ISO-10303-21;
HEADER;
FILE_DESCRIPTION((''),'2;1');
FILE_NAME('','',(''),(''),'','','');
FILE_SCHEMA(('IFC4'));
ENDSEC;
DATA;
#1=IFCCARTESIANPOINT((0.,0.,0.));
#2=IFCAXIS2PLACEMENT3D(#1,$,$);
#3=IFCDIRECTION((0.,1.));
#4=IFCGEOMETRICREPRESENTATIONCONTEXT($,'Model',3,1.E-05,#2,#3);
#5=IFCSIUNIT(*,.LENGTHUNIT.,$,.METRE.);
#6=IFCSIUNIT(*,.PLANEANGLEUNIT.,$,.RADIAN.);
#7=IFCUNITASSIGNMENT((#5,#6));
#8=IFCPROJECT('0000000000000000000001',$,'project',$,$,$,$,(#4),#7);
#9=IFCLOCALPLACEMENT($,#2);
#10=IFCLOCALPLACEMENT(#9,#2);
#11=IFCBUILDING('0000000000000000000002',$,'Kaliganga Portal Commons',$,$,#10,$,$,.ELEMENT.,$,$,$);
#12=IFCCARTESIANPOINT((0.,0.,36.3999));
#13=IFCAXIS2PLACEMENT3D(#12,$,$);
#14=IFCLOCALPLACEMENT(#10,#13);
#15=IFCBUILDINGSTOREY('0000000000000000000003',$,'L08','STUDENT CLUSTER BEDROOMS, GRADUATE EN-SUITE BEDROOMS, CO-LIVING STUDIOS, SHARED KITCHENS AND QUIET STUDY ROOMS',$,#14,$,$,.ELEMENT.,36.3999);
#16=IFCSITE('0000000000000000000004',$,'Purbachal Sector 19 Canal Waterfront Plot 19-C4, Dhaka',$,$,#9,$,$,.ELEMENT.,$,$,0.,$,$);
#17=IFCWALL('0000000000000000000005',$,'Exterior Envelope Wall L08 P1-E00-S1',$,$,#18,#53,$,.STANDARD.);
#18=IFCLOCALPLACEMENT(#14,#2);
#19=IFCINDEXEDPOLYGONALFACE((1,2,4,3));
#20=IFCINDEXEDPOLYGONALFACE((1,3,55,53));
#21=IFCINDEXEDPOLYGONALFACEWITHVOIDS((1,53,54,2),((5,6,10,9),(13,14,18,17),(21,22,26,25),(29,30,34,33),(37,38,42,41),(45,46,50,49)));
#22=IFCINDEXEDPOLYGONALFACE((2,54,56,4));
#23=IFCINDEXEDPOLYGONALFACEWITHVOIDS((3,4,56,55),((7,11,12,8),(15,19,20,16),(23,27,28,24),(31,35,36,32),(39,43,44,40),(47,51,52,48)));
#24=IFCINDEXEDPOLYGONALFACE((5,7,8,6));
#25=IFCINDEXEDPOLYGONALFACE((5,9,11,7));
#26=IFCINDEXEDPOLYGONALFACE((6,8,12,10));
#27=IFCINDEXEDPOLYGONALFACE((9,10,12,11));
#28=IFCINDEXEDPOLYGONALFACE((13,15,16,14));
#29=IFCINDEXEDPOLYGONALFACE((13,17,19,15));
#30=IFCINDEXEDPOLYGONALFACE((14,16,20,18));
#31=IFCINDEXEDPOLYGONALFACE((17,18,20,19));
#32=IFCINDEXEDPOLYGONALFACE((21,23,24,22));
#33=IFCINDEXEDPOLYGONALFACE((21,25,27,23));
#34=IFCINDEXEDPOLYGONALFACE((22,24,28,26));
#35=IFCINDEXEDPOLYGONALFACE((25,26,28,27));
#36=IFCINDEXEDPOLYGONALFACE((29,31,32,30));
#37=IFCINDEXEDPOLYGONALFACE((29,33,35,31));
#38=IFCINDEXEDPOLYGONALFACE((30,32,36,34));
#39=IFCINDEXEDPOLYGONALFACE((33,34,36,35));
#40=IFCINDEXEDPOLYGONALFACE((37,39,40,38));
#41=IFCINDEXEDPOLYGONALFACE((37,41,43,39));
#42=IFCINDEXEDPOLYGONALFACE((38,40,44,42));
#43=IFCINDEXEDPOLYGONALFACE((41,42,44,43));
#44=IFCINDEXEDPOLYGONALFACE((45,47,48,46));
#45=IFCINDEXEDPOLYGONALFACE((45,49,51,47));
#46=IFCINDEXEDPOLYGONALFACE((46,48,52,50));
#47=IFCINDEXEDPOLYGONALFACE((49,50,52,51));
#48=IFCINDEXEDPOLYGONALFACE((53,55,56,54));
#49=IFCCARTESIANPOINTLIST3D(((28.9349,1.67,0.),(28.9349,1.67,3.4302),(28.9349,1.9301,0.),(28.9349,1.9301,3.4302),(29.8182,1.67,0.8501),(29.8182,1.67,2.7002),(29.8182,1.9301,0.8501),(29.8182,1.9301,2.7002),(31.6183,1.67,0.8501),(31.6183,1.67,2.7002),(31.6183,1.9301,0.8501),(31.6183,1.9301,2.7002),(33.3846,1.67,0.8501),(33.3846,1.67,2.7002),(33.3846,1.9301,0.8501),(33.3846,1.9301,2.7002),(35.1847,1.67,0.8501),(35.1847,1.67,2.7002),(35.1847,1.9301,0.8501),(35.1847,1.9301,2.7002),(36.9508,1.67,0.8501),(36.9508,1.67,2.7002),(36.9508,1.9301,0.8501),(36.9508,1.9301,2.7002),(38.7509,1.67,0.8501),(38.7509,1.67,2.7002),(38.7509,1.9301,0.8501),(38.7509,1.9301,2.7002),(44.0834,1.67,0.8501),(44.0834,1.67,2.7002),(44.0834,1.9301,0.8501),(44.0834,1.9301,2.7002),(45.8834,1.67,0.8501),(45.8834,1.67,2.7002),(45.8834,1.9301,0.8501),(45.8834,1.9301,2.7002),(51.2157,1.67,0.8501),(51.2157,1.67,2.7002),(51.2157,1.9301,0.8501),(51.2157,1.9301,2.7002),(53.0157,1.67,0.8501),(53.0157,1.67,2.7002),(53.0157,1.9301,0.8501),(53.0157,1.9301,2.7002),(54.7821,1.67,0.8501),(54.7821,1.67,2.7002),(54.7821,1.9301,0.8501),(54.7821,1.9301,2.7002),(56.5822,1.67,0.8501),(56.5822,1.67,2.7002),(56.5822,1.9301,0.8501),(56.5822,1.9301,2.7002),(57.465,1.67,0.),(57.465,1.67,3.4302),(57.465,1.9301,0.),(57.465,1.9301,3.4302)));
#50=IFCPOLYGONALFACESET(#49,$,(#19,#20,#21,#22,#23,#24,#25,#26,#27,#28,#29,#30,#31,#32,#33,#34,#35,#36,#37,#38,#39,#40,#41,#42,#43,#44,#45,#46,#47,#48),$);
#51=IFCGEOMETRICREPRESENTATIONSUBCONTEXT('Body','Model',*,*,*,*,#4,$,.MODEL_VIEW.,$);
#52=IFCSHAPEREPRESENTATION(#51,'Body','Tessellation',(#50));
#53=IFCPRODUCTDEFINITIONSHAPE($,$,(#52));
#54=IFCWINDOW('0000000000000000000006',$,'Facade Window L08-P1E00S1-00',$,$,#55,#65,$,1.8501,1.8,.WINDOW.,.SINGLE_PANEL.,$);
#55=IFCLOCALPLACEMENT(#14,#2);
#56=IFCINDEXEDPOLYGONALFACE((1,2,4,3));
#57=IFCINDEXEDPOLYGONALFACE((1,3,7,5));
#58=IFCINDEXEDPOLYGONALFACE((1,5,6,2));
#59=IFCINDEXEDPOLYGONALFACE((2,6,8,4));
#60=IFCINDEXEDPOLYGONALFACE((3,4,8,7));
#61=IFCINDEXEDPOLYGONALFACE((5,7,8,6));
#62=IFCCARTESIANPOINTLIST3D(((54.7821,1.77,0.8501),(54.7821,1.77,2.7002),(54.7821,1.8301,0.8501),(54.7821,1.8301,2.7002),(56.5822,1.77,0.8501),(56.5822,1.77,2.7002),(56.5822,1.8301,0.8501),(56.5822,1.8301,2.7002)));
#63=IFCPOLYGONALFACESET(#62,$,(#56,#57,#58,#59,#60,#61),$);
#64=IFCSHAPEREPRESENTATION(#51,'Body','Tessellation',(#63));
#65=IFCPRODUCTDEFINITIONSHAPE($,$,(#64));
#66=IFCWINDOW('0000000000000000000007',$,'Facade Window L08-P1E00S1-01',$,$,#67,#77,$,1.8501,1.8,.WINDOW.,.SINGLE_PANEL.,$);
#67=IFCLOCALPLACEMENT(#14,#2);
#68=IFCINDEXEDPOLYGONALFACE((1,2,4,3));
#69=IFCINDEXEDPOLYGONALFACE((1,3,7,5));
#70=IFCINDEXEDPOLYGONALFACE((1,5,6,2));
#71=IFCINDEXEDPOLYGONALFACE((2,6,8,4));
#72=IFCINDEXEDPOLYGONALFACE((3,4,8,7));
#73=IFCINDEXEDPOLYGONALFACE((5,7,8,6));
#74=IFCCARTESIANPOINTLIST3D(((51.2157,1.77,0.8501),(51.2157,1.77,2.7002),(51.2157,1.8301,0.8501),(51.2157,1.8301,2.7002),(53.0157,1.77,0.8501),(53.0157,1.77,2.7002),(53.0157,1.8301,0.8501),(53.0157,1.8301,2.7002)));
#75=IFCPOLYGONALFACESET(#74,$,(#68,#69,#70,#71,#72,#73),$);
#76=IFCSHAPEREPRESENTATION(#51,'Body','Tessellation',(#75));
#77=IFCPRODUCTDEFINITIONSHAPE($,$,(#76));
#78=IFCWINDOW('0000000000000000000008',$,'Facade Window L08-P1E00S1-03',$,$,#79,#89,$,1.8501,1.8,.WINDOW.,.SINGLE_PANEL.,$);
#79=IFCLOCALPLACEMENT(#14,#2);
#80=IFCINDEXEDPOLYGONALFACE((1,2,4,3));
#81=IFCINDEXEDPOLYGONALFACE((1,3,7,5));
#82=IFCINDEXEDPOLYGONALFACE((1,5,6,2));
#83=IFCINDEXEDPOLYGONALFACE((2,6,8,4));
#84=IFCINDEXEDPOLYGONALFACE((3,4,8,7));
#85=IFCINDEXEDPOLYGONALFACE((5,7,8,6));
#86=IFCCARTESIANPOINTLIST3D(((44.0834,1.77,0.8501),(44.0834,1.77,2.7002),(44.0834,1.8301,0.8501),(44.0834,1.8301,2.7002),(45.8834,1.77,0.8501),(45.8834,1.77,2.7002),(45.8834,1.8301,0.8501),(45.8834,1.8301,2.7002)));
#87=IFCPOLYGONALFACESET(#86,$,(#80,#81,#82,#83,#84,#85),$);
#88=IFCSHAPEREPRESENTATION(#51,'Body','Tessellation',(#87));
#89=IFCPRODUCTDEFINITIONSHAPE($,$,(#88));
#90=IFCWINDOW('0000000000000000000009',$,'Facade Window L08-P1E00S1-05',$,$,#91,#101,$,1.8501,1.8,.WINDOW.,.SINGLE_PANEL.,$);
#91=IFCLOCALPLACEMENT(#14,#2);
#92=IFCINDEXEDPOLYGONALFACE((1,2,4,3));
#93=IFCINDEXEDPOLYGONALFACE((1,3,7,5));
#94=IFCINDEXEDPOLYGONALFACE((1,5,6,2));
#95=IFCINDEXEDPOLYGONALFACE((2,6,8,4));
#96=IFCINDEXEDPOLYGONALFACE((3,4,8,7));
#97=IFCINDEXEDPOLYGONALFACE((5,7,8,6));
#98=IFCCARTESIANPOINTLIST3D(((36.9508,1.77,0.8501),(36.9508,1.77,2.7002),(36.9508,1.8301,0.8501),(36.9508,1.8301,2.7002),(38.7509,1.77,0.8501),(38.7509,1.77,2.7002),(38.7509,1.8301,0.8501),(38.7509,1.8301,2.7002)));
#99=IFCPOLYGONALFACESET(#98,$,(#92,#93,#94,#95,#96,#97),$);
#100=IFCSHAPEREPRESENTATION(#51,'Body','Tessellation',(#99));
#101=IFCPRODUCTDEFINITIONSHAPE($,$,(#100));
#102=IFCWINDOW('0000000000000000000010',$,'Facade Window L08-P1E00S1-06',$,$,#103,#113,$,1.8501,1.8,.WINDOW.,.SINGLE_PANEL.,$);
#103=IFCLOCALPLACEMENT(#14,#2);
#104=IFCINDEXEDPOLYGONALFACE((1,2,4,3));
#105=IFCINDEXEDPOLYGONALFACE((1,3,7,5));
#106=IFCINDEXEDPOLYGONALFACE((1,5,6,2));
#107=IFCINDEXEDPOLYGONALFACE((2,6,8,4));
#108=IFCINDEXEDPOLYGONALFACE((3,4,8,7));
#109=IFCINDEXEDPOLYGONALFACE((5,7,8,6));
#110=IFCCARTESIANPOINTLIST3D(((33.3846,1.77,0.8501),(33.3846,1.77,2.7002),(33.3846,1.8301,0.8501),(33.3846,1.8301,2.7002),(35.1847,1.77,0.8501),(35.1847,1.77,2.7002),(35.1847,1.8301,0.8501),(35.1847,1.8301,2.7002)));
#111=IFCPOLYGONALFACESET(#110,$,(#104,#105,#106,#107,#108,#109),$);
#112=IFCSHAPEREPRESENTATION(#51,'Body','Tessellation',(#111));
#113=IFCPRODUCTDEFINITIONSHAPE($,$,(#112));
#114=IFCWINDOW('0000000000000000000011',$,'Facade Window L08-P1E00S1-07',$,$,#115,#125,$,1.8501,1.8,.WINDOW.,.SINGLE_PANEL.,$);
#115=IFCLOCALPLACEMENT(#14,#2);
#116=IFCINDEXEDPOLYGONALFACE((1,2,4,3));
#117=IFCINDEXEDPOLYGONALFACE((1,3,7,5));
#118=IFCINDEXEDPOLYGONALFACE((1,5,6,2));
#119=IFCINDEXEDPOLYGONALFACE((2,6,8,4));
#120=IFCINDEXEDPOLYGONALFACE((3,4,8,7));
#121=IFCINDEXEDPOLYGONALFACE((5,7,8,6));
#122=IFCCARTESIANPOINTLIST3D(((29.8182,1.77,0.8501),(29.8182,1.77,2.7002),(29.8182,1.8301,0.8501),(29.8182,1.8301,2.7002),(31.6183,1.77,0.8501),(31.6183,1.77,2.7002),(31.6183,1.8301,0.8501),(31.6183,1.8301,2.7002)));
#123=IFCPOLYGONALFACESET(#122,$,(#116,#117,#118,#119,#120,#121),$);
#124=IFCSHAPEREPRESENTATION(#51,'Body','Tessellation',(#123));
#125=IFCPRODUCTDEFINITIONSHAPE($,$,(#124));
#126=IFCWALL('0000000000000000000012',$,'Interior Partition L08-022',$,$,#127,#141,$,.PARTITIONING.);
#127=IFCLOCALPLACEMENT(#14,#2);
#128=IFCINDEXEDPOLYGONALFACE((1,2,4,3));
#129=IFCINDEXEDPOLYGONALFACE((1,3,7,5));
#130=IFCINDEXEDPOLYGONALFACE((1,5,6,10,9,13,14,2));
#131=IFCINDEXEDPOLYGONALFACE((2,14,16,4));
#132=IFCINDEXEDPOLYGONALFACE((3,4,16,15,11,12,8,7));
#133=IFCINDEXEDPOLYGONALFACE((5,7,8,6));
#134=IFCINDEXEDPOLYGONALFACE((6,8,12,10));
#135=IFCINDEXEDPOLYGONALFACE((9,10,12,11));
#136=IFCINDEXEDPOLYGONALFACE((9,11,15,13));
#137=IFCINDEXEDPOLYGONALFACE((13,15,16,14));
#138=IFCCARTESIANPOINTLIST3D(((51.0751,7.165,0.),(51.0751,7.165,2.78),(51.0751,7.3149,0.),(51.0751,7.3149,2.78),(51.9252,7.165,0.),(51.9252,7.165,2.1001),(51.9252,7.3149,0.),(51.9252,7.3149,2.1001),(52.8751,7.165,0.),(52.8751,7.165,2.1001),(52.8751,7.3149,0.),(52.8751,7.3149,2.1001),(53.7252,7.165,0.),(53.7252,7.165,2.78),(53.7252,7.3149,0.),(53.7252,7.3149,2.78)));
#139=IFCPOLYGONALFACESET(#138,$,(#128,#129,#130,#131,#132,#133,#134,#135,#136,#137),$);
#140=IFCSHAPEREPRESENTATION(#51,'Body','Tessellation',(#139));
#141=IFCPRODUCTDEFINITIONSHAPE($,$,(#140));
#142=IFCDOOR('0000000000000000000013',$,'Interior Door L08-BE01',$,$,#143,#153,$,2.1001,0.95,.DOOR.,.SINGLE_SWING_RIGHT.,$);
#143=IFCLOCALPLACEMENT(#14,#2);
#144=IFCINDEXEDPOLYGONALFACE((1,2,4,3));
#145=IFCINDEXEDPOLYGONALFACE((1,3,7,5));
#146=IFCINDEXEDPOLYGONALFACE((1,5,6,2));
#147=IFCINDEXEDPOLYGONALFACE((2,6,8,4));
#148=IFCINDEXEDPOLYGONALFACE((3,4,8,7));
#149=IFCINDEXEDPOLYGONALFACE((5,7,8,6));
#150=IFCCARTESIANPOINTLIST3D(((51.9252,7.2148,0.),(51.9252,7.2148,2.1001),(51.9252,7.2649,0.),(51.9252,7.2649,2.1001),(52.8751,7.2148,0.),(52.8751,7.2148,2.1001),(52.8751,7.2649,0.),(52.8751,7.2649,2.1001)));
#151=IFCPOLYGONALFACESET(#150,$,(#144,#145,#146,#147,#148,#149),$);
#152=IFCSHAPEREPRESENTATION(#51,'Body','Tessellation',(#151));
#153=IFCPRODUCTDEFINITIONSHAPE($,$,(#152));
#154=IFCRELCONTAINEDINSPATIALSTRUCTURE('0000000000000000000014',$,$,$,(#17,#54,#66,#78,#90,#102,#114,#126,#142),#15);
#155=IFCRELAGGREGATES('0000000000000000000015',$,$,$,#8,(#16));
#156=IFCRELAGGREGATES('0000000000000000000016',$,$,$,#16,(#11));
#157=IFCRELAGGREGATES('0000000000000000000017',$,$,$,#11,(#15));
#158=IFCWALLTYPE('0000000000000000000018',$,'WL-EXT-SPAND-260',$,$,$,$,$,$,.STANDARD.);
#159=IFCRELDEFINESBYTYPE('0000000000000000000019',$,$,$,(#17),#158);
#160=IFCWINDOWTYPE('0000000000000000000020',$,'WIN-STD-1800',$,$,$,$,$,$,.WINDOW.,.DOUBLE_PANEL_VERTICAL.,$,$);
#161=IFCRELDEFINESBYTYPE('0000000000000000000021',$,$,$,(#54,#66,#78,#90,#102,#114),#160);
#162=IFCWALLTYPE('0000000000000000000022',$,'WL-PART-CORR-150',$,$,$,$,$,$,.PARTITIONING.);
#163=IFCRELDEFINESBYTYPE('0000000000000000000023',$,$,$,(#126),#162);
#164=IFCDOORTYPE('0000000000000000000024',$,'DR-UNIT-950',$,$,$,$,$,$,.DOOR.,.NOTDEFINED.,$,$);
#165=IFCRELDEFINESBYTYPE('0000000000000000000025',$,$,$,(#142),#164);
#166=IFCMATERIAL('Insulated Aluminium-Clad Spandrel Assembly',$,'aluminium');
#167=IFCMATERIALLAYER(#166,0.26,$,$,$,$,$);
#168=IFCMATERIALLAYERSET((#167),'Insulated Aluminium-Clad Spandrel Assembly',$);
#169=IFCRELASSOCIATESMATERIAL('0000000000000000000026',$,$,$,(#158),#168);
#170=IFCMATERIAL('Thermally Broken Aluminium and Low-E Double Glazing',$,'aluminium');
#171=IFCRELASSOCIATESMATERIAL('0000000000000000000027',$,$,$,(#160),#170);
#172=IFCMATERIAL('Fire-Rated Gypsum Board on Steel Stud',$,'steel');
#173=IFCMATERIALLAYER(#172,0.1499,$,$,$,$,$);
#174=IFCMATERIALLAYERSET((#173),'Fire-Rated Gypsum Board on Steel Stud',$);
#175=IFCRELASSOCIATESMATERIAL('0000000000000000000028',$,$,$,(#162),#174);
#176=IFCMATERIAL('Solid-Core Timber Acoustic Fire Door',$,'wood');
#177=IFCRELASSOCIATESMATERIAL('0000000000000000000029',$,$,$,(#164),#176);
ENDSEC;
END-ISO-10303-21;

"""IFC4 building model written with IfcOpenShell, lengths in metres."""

from ifc_helpers import new_model, si_unit, direction, frame, frame_2d, origin, place, context, subcontext, project, spatial, rectangle, extrude, material, layer, layer_set, type_object, element, fill, save


model = new_model("IFC4")

# Units and contexts
model_context = context("Model", 3, precision=1e-05, world=origin(), true_north=direction((0.0, 1.0)))
body_context = subcontext(model_context, "Body", "Model", "MODEL_VIEW")
ifc_project = project(units=[si_unit("LENGTHUNIT", "METRE"), si_unit("PLANEANGLEUNIT", "RADIAN")], contexts=[model_context])

# Site, building, storey
site_placement = place(None, origin())
site = spatial("IfcSite", under=ifc_project, at=site_placement, Name="Purbachal Sector 19 Canal Waterfront Plot 19-C4, Dhaka", CompositionType="ELEMENT", RefElevation=0.0)
building_placement = place(site_placement, origin())
building = spatial("IfcBuilding", under=site, at=building_placement, Name="Kaliganga Portal Commons", CompositionType="ELEMENT")
storey_placement = place(building_placement, frame((0.0, 0.0, 36.3999)))
storey = spatial("IfcBuildingStorey", under=building, at=storey_placement, Name="L08", Description="STUDENT CLUSTER BEDROOMS, GRADUATE EN-SUITE BEDROOMS, CO-LIVING STUDIOS, SHARED KITCHENS AND QUIET STUDY ROOMS", CompositionType="ELEMENT", Elevation=36.3999)

# Wall, openings, windows
ifc_material_1 = material(Name="Insulated Aluminium-Clad Spandrel Assembly", Category="aluminium")
ifc_layer_1 = layer(ifc_material_1, 0.26)
ifc_layer_set_1 = layer_set([ifc_layer_1], Name="Insulated Aluminium-Clad Spandrel Assembly")
wall_type_1 = type_object("IfcWallType", Name="WL-EXT-SPAND-260", PredefinedType="STANDARD", material=ifc_layer_set_1)
wall_1_placement = place(storey_placement, frame((57.4651, 1.8, 0.0), z_axis=(0.0, 0.0, 1.0), x_axis=(-1.0, 0.0, 0.0)))
wall_1 = element("IfcWall", 1, at=wall_1_placement, inside=storey, type_object=wall_type_1, Name="Exterior Envelope Wall L08 P1-E00-S1", PredefinedType="STANDARD", context=body_context, shape_type="SweptSolid", body=[
    extrude(rectangle(XDim=28.53, YDim=0.26, at=frame_2d((14.2651, 0.0))), origin(), (0.0, 0.0, 1.0), 3.4302),
])
opening_1_placement = place(wall_1_placement, frame((0.8831, 0.0, 0.8501)))
opening_1 = element("IfcOpeningElement", 2, at=opening_1_placement, cuts=wall_1, PredefinedType="OPENING", context=body_context, shape_type="SweptSolid", body=[
    extrude(rectangle(XDim=1.8, YDim=1.8501, at=frame_2d((0.8999, 0.925))), frame((0.0, 0.1401, 0.0), z_axis=(0.0, -1.0, 0.0), x_axis=(1.0, 0.0, 0.0)), (0.0, 0.0, 1.0), 0.28),
])
opening_2_placement = place(wall_1_placement, frame((4.4495, 0.0, 0.8501)))
opening_2 = element("IfcOpeningElement", 3, at=opening_2_placement, cuts=wall_1, PredefinedType="OPENING", context=body_context, shape_type="SweptSolid", body=[
    extrude(rectangle(XDim=1.8, YDim=1.8501, at=frame_2d((0.8999, 0.925))), frame((0.0, 0.1401, 0.0), z_axis=(0.0, -1.0, 0.0), x_axis=(1.0, 0.0, 0.0)), (0.0, 0.0, 1.0), 0.28),
])
opening_3_placement = place(wall_1_placement, frame((11.5818, 0.0, 0.8501)))
opening_3 = element("IfcOpeningElement", 4, at=opening_3_placement, cuts=wall_1, PredefinedType="OPENING", context=body_context, shape_type="SweptSolid", body=[
    extrude(rectangle(XDim=1.8, YDim=1.8501, at=frame_2d((0.8999, 0.925))), frame((0.0, 0.1401, 0.0), z_axis=(0.0, -1.0, 0.0), x_axis=(1.0, 0.0, 0.0)), (0.0, 0.0, 1.0), 0.28),
])
opening_4_placement = place(wall_1_placement, frame((18.7144, 0.0, 0.8501)))
opening_4 = element("IfcOpeningElement", 5, at=opening_4_placement, cuts=wall_1, PredefinedType="OPENING", context=body_context, shape_type="SweptSolid", body=[
    extrude(rectangle(XDim=1.8, YDim=1.8501, at=frame_2d((0.8999, 0.925))), frame((0.0, 0.1401, 0.0), z_axis=(0.0, -1.0, 0.0), x_axis=(1.0, 0.0, 0.0)), (0.0, 0.0, 1.0), 0.28),
])
opening_5_placement = place(wall_1_placement, frame((22.2805, 0.0, 0.8501)))
opening_5 = element("IfcOpeningElement", 6, at=opening_5_placement, cuts=wall_1, PredefinedType="OPENING", context=body_context, shape_type="SweptSolid", body=[
    extrude(rectangle(XDim=1.8, YDim=1.8501, at=frame_2d((0.8999, 0.925))), frame((0.0, 0.1401, 0.0), z_axis=(0.0, -1.0, 0.0), x_axis=(1.0, 0.0, 0.0)), (0.0, 0.0, 1.0), 0.28),
])
opening_6_placement = place(wall_1_placement, frame((25.8469, 0.0, 0.8501)))
opening_6 = element("IfcOpeningElement", 7, at=opening_6_placement, cuts=wall_1, PredefinedType="OPENING", context=body_context, shape_type="SweptSolid", body=[
    extrude(rectangle(XDim=1.8, YDim=1.8501, at=frame_2d((0.8999, 0.925))), frame((0.0, 0.1401, 0.0), z_axis=(0.0, -1.0, 0.0), x_axis=(1.0, 0.0, 0.0)), (0.0, 0.0, 1.0), 0.28),
])
ifc_material_2 = material(Name="Thermally Broken Aluminium and Low-E Double Glazing", Category="aluminium")
window_type = type_object("IfcWindowType", Name="WIN-STD-1800", PartitioningType="DOUBLE_PANEL_VERTICAL", PredefinedType="WINDOW", material=ifc_material_2)
window_1_placement = place(opening_1_placement, origin())
window_1 = element("IfcWindow", 8, at=window_1_placement, inside=storey, type_object=window_type, Name="Facade Window L08-P1E00S1-00", OverallHeight=1.8501, OverallWidth=1.8, PartitioningType="SINGLE_PANEL", PredefinedType="WINDOW", context=body_context, shape_type="SweptSolid", body=[
    extrude(rectangle(XDim=1.8, YDim=1.8501, at=frame_2d((0.8999, 0.925))), frame((0.0, 0.03, 0.0), z_axis=(0.0, -1.0, 0.0), x_axis=(1.0, 0.0, 0.0)), (0.0, 0.0, 1.0), 0.0601),
])
fill(opening_1, window_1)
window_2_placement = place(opening_2_placement, origin())
window_2 = element("IfcWindow", 9, at=window_2_placement, inside=storey, type_object=window_type, Name="Facade Window L08-P1E00S1-01", OverallHeight=1.8501, OverallWidth=1.8, PartitioningType="SINGLE_PANEL", PredefinedType="WINDOW", context=body_context, shape_type="SweptSolid", body=[
    extrude(rectangle(XDim=1.8, YDim=1.8501, at=frame_2d((0.8999, 0.925))), frame((0.0, 0.03, 0.0), z_axis=(0.0, -1.0, 0.0), x_axis=(1.0, 0.0, 0.0)), (0.0, 0.0, 1.0), 0.0601),
])
fill(opening_2, window_2)
window_3_placement = place(opening_3_placement, origin())
window_3 = element("IfcWindow", 10, at=window_3_placement, inside=storey, type_object=window_type, Name="Facade Window L08-P1E00S1-03", OverallHeight=1.8501, OverallWidth=1.8, PartitioningType="SINGLE_PANEL", PredefinedType="WINDOW", context=body_context, shape_type="SweptSolid", body=[
    extrude(rectangle(XDim=1.8, YDim=1.8501, at=frame_2d((0.8999, 0.925))), frame((0.0, 0.03, 0.0), z_axis=(0.0, -1.0, 0.0), x_axis=(1.0, 0.0, 0.0)), (0.0, 0.0, 1.0), 0.0601),
])
fill(opening_3, window_3)
window_4_placement = place(opening_4_placement, origin())
window_4 = element("IfcWindow", 11, at=window_4_placement, inside=storey, type_object=window_type, Name="Facade Window L08-P1E00S1-05", OverallHeight=1.8501, OverallWidth=1.8, PartitioningType="SINGLE_PANEL", PredefinedType="WINDOW", context=body_context, shape_type="SweptSolid", body=[
    extrude(rectangle(XDim=1.8, YDim=1.8501, at=frame_2d((0.8999, 0.925))), frame((0.0, 0.03, 0.0), z_axis=(0.0, -1.0, 0.0), x_axis=(1.0, 0.0, 0.0)), (0.0, 0.0, 1.0), 0.0601),
])
fill(opening_4, window_4)
window_5_placement = place(opening_5_placement, origin())
window_5 = element("IfcWindow", 12, at=window_5_placement, inside=storey, type_object=window_type, Name="Facade Window L08-P1E00S1-06", OverallHeight=1.8501, OverallWidth=1.8, PartitioningType="SINGLE_PANEL", PredefinedType="WINDOW", context=body_context, shape_type="SweptSolid", body=[
    extrude(rectangle(XDim=1.8, YDim=1.8501, at=frame_2d((0.8999, 0.925))), frame((0.0, 0.03, 0.0), z_axis=(0.0, -1.0, 0.0), x_axis=(1.0, 0.0, 0.0)), (0.0, 0.0, 1.0), 0.0601),
])
fill(opening_5, window_5)
window_6_placement = place(opening_6_placement, origin())
window_6 = element("IfcWindow", 13, at=window_6_placement, inside=storey, type_object=window_type, Name="Facade Window L08-P1E00S1-07", OverallHeight=1.8501, OverallWidth=1.8, PartitioningType="SINGLE_PANEL", PredefinedType="WINDOW", context=body_context, shape_type="SweptSolid", body=[
    extrude(rectangle(XDim=1.8, YDim=1.8501, at=frame_2d((0.8999, 0.925))), frame((0.0, 0.03, 0.0), z_axis=(0.0, -1.0, 0.0), x_axis=(1.0, 0.0, 0.0)), (0.0, 0.0, 1.0), 0.0601),
])
fill(opening_6, window_6)

# Wall, opening, door
ifc_material_3 = material(Name="Fire-Rated Gypsum Board on Steel Stud", Category="steel")
ifc_layer_2 = layer(ifc_material_3, 0.1499)
ifc_layer_set_2 = layer_set([ifc_layer_2], Name="Fire-Rated Gypsum Board on Steel Stud")
wall_type_2 = type_object("IfcWallType", Name="WL-PART-CORR-150", PredefinedType="PARTITIONING", material=ifc_layer_set_2)
wall_2_placement = place(storey_placement, frame((51.075, 7.24, 0.0), z_axis=(0.0, 0.0, 1.0), x_axis=(1.0, 0.0, 0.0)))
wall_2 = element("IfcWall", 14, at=wall_2_placement, inside=storey, type_object=wall_type_2, Name="Interior Partition L08-022", PredefinedType="PARTITIONING", context=body_context, shape_type="SweptSolid", body=[
    extrude(rectangle(XDim=2.6501, YDim=0.1499, at=frame_2d((1.3252, 0.0))), origin(), (0.0, 0.0, 1.0), 2.78),
])
opening_7_placement = place(wall_2_placement, frame((0.8501, 0.0, 0.0)))
opening_7 = element("IfcOpeningElement", 15, at=opening_7_placement, cuts=wall_2, PredefinedType="OPENING", context=body_context, shape_type="SweptSolid", body=[
    extrude(rectangle(XDim=0.95, YDim=2.1001, at=frame_2d((0.4751, 1.05))), frame((0.0, 0.085, 0.0), z_axis=(0.0, -1.0, 0.0), x_axis=(1.0, 0.0, 0.0)), (0.0, 0.0, 1.0), 0.1699),
])
ifc_material_4 = material(Name="Solid-Core Timber Acoustic Fire Door", Category="wood")
door_type_1 = type_object("IfcDoorType", Name="DR-UNIT-950", OperationType="NOTDEFINED", PredefinedType="DOOR", material=ifc_material_4)
door_1_placement = place(opening_7_placement, origin())
door_1 = element("IfcDoor", 16, at=door_1_placement, inside=storey, type_object=door_type_1, Name="Interior Door L08-BE01", OperationType="SINGLE_SWING_RIGHT", OverallHeight=2.1001, OverallWidth=0.95, PredefinedType="DOOR", context=body_context, shape_type="SweptSolid", body=[
    extrude(rectangle(XDim=0.95, YDim=2.1001, at=frame_2d((0.4751, 1.05))), frame((0.0, 0.0249, 0.0), z_axis=(0.0, -1.0, 0.0), x_axis=(1.0, 0.0, 0.0)), (0.0, 0.0, 1.0), 0.05),
])
fill(opening_7, door_1)

save(model, "model.ifc")
